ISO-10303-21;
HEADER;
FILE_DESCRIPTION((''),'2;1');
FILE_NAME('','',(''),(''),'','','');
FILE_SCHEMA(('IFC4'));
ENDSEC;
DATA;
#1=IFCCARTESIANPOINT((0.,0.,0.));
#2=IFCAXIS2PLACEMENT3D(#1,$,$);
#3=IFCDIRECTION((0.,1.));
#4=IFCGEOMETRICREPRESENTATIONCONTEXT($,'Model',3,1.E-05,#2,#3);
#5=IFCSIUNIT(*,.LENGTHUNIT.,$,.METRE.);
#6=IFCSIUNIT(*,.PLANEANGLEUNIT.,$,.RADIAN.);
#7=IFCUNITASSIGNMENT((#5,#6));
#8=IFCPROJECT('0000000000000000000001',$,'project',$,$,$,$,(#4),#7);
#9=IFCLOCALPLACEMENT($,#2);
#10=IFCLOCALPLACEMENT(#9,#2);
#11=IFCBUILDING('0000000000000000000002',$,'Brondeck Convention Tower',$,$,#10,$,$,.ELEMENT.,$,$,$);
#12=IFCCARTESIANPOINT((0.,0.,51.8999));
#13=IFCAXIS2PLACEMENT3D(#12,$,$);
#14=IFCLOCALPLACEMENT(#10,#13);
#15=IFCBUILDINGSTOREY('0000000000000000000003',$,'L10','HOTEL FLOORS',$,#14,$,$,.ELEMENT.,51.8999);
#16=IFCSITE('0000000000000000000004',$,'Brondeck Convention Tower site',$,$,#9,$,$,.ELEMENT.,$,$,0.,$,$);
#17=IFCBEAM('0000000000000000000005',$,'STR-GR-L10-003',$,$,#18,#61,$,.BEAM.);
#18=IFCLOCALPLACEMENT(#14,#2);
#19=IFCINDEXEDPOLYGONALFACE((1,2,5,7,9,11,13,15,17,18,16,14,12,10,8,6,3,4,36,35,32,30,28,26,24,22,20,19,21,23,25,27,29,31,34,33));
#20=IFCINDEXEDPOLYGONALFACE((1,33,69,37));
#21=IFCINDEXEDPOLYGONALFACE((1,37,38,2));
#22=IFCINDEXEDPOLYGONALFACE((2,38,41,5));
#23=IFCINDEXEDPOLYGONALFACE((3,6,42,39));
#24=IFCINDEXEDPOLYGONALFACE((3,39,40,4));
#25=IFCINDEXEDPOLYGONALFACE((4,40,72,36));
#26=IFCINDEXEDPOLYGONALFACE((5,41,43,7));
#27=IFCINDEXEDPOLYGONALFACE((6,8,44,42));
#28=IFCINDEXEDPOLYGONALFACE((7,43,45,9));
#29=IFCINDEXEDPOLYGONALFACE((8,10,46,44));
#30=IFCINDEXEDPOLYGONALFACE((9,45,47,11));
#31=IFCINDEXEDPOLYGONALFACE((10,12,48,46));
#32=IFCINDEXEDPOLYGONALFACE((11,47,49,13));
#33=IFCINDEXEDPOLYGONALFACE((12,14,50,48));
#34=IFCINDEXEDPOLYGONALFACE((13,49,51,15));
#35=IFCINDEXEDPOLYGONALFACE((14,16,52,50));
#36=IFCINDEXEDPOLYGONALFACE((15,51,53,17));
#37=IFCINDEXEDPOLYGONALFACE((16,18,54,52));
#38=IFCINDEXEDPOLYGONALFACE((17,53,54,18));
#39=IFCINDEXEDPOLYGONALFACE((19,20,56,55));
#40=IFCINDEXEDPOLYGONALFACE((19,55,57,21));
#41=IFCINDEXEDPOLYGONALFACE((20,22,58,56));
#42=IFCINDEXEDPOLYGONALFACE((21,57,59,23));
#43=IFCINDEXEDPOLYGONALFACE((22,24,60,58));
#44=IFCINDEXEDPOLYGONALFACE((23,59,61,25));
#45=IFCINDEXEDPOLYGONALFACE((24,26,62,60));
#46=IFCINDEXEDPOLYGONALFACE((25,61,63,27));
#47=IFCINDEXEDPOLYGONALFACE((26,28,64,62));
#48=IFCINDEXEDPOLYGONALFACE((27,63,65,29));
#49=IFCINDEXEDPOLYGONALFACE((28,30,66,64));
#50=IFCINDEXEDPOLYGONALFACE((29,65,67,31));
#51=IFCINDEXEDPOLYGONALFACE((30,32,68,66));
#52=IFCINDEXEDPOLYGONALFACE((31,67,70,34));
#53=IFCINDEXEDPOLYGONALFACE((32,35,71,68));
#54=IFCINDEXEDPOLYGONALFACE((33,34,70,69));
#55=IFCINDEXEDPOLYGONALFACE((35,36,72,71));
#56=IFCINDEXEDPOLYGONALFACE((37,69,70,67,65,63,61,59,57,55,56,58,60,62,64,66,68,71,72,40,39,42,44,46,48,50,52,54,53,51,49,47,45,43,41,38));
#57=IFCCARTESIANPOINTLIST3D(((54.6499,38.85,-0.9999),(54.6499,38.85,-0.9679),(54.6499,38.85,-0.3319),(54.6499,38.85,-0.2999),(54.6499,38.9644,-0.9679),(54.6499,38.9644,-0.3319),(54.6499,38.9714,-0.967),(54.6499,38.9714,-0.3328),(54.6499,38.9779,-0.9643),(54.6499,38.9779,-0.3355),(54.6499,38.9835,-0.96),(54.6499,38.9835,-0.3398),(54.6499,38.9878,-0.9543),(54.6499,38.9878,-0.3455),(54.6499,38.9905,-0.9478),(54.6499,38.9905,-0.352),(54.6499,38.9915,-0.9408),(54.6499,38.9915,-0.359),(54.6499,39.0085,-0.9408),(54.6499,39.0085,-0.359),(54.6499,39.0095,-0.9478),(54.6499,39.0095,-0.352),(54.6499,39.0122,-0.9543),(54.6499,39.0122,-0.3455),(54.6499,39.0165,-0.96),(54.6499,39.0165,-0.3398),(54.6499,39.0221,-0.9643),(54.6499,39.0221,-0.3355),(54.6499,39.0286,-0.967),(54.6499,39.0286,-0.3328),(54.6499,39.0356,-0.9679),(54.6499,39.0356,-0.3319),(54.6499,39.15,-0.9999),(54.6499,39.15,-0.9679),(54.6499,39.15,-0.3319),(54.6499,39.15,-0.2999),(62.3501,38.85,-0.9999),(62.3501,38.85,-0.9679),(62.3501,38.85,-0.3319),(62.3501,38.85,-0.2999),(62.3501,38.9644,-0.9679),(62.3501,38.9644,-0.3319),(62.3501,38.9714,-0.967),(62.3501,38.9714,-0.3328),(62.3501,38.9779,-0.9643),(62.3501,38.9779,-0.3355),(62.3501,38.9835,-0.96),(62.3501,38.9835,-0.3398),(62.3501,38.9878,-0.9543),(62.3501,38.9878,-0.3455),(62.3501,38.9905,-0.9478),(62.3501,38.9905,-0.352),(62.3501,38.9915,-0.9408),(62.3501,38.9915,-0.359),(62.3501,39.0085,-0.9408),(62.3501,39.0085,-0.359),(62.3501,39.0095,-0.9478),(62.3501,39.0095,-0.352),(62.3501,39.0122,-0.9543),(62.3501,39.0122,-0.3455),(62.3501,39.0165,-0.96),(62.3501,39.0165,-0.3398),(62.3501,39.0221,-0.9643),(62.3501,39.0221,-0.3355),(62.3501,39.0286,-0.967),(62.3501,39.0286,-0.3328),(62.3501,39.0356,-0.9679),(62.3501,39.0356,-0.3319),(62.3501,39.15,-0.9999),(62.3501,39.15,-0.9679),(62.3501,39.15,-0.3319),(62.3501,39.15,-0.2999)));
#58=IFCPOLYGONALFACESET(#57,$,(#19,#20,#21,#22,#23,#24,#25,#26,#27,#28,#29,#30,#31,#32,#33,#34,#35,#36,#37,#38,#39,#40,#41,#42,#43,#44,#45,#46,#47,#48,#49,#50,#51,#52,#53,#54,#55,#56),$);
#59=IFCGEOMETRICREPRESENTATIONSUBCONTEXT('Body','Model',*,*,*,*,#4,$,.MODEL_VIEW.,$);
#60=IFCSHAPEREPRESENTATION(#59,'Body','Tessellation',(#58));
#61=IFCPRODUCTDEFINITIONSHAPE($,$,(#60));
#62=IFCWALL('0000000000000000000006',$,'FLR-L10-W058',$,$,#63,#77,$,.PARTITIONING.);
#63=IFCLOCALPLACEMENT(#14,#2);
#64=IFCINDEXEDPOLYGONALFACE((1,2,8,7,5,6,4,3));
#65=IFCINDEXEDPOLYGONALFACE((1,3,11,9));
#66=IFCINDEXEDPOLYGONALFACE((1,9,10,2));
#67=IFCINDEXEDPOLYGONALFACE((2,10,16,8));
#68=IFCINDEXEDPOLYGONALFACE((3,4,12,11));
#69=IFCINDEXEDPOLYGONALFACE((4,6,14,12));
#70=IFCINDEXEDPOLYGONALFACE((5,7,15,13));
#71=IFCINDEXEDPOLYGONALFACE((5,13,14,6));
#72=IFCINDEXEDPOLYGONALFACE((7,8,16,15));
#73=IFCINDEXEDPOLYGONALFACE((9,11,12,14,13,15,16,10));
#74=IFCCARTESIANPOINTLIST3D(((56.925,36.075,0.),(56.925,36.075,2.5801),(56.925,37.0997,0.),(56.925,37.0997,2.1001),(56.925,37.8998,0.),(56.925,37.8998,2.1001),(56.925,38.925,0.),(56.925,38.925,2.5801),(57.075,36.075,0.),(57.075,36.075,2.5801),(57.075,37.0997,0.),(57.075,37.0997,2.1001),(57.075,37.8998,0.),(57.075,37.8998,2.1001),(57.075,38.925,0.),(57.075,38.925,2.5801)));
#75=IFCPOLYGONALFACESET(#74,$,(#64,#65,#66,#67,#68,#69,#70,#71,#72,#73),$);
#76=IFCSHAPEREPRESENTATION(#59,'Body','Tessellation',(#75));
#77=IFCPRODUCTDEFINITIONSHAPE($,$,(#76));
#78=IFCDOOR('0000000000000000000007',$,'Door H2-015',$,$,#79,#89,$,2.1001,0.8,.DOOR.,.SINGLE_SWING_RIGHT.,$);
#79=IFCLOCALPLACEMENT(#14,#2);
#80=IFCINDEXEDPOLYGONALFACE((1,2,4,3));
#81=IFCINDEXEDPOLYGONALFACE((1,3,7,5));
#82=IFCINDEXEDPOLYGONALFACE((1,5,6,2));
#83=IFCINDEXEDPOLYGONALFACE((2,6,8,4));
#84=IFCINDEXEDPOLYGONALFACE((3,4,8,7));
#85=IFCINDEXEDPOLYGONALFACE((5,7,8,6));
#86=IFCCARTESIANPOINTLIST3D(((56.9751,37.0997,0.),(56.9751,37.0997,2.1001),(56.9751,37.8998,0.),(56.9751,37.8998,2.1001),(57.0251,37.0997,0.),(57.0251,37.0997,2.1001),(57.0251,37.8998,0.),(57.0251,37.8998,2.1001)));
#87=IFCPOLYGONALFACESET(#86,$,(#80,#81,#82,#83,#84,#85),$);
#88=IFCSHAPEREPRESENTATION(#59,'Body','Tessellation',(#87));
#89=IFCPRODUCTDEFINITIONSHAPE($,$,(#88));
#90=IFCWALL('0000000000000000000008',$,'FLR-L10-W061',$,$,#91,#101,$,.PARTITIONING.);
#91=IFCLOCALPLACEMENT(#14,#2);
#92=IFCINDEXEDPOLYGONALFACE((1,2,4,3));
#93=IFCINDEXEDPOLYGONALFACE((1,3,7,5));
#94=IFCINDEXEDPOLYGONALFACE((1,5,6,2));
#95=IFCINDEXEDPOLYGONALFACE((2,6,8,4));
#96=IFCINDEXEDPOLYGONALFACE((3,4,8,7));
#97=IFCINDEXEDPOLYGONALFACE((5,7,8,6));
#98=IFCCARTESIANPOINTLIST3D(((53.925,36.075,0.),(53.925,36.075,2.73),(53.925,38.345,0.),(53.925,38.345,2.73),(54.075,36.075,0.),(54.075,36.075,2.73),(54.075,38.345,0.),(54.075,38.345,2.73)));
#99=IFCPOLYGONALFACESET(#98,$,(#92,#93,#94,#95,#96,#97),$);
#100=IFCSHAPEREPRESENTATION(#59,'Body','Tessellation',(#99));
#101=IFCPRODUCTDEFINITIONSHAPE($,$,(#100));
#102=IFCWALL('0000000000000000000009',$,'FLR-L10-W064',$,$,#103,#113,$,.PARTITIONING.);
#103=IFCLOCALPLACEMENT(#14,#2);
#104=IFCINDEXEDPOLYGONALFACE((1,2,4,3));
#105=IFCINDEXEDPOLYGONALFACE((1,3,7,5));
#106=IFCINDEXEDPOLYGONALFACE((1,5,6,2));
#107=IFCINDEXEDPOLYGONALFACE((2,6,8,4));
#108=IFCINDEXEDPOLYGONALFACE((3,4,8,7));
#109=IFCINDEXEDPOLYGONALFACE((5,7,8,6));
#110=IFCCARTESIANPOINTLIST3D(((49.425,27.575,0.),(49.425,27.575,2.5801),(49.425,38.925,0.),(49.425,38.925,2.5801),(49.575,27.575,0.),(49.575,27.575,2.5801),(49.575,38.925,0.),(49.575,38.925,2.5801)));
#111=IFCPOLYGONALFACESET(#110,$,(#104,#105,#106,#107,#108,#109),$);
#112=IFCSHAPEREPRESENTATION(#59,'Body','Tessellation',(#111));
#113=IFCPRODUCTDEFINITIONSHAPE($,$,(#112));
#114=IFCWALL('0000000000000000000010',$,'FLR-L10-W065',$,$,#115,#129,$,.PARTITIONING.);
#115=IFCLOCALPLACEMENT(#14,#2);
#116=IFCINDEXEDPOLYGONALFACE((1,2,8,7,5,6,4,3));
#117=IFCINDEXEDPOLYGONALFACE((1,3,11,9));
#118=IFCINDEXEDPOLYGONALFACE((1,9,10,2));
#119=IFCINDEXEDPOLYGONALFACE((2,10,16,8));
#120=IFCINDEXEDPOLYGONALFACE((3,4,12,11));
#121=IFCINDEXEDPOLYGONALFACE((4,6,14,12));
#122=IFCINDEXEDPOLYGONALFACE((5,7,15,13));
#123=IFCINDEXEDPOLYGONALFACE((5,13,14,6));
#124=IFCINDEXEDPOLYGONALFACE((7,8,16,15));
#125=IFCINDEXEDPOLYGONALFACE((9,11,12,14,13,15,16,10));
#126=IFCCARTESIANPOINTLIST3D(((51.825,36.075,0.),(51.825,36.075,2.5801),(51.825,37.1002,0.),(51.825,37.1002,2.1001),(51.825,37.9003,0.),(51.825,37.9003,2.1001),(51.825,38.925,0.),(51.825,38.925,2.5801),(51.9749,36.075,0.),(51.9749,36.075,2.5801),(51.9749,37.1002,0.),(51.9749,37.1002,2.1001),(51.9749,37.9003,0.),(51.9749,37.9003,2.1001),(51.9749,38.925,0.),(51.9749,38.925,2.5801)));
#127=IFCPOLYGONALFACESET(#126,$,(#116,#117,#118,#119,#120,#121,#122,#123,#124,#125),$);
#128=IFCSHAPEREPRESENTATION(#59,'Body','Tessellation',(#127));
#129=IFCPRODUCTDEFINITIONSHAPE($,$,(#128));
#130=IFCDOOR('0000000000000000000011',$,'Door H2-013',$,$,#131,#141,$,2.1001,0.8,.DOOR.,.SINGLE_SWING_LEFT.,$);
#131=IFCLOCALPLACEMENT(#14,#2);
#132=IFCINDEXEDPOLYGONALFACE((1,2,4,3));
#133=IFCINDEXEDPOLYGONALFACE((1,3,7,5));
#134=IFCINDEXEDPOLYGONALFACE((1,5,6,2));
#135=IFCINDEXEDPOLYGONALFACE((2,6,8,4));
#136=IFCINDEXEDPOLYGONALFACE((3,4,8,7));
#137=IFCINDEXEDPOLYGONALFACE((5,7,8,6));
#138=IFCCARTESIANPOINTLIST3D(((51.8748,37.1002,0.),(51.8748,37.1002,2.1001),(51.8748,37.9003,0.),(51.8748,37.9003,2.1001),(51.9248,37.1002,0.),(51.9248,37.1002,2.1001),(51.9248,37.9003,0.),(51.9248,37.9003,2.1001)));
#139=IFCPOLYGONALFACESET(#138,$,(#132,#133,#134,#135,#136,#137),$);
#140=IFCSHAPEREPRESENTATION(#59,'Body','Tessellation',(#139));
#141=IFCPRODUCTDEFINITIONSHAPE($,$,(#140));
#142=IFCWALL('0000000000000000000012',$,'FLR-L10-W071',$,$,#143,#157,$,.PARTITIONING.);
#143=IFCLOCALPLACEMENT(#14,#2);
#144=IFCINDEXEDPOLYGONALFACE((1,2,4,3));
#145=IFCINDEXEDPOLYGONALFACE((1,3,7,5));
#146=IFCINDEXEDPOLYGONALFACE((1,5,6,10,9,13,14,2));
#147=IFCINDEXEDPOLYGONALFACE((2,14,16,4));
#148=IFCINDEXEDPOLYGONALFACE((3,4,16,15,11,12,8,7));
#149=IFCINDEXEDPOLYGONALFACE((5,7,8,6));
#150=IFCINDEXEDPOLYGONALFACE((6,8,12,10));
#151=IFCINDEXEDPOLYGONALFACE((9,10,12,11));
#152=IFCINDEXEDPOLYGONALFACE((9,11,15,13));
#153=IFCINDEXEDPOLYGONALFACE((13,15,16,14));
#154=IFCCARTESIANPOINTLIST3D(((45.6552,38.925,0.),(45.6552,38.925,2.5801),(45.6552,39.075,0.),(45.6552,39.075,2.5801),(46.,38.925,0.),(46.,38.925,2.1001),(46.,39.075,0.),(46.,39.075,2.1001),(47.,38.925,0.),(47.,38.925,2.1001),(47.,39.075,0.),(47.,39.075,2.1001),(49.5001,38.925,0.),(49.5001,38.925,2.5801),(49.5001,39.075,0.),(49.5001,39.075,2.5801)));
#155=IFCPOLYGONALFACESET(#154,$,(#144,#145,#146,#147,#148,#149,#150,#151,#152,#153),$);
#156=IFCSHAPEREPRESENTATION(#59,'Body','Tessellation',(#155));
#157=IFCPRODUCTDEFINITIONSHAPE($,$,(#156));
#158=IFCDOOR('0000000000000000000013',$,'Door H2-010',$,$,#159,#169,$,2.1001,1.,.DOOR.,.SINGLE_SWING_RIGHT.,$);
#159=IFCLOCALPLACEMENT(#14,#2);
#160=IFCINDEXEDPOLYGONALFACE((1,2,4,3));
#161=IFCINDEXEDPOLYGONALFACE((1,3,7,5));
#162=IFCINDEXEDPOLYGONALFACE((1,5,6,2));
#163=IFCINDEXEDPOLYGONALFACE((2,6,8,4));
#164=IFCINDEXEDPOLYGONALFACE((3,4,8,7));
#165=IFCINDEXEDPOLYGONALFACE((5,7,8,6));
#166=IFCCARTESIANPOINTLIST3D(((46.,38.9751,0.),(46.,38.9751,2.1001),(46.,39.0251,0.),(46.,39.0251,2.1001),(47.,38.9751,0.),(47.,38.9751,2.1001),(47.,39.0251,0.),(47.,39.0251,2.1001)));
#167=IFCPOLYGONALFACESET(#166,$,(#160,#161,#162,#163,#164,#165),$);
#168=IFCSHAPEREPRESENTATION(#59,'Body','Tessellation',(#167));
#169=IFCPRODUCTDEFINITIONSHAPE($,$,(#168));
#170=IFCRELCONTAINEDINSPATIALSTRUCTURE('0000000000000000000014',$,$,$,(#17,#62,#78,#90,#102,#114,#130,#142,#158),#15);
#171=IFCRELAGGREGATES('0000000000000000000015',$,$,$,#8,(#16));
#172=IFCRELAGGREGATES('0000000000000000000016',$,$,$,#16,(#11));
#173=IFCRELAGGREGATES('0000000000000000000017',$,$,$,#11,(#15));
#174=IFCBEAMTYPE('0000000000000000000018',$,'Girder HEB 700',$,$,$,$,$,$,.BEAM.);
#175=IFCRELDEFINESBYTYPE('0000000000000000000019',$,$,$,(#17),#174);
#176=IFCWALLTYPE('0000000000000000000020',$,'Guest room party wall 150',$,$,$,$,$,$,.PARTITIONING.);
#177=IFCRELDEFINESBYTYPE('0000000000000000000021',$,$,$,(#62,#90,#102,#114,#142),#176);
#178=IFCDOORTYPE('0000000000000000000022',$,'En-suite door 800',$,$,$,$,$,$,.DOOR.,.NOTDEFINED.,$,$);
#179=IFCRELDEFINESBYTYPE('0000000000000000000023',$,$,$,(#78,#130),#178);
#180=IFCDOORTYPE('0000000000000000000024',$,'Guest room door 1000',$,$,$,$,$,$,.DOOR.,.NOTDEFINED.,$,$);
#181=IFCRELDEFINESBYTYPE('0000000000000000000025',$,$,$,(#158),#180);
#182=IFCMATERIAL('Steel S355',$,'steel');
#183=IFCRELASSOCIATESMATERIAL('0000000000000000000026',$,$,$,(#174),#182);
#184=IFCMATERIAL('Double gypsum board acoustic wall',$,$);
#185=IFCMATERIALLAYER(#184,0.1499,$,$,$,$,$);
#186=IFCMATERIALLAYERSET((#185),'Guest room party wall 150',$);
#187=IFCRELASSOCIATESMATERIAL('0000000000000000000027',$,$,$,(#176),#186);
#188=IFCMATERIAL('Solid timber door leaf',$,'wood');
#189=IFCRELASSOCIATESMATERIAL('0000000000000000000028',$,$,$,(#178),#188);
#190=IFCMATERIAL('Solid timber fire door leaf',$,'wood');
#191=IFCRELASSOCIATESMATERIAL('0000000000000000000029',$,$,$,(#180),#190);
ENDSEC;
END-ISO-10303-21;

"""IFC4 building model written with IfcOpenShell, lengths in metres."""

from ifc_helpers import new_model, si_unit, direction, frame, frame_2d, origin, origin_2d, place, context, subcontext, project, spatial, rectangle, i_section, extrude, material, layer, layer_set, material_profile, profile_set, type_object, element, fill, save


model = new_model("IFC4")

# Units and contexts
model_context = context("Model", 3, precision=1e-05, world=origin(), true_north=direction((0.0, 1.0)))
body_context = subcontext(model_context, "Body", "Model", "MODEL_VIEW")
ifc_project = project(units=[si_unit("LENGTHUNIT", "METRE"), si_unit("PLANEANGLEUNIT", "RADIAN")], contexts=[model_context])

# Site, building, storey
site_placement = place(None, origin())
site = spatial("IfcSite", under=ifc_project, at=site_placement, Name="Brondeck Convention Tower site", CompositionType="ELEMENT", RefElevation=0.0)
building_placement = place(site_placement, origin())
building = spatial("IfcBuilding", under=site, at=building_placement, Name="Brondeck Convention Tower", CompositionType="ELEMENT")
storey_placement = place(building_placement, frame((0.0, 0.0, 51.8999)))
storey = spatial("IfcBuildingStorey", under=building, at=storey_placement, Name="L10", Description="HOTEL FLOORS", CompositionType="ELEMENT", Elevation=51.8999)

# Beam
ifc_material_1 = material(Name="Steel S355", Category="steel")
ifc_material_profile_1 = material_profile(ifc_material_1, i_section(OverallWidth=0.3, OverallDepth=0.7, WebThickness=0.0171, FlangeThickness=0.032, FilletRadius=0.0271, at=origin_2d()), Name="HEB 700")
ifc_profile_set_1 = profile_set([ifc_material_profile_1], Name="Steel S355")
beam_type_1 = type_object("IfcBeamType", Name="Girder HEB 700", PredefinedType="BEAM", material=ifc_profile_set_1)
for number, where, z_axis, x_axis, name in (
    (1, (54.6499, 39.0, -0.6499), (1.0, 0.0, 0.0), (0.0, 1.0, 0.0), "STR-GR-L10-003"),
):
    element("IfcBeam", number, at=place(storey_placement, frame(where, z_axis=z_axis, x_axis=x_axis)), inside=storey, type_object=beam_type_1, Name=name, PredefinedType="BEAM", context=body_context, shape_type="SweptSolid", body=[
        extrude(i_section(OverallWidth=0.3, OverallDepth=0.7, WebThickness=0.0171, FlangeThickness=0.032, FilletRadius=0.0271, at=origin_2d()), origin(), (0.0, 0.0, 1.0), 7.7002),
    ])

# Wall, opening, door
ifc_material_2 = material(Name="Double gypsum board acoustic wall")
ifc_layer_1 = layer(ifc_material_2, 0.1499)
ifc_layer_set_1 = layer_set([ifc_layer_1], Name="Guest room party wall 150")
wall_type_1 = type_object("IfcWallType", Name="Guest room party wall 150", PredefinedType="PARTITIONING", material=ifc_layer_set_1)
wall_1_placement = place(storey_placement, frame((57.0, 36.075, 0.0), z_axis=(0.0, 0.0, 1.0), x_axis=(0.0, 1.0, 0.0)))
wall_1 = element("IfcWall", 2, at=wall_1_placement, inside=storey, type_object=wall_type_1, Name="FLR-L10-W058", PredefinedType="PARTITIONING", context=body_context, shape_type="SweptSolid", body=[
    extrude(rectangle(XDim=2.8501, YDim=0.1499, at=frame_2d((1.425, 0.0))), origin(), (0.0, 0.0, 1.0), 2.5801),
])
opening_1_placement = place(wall_1_placement, frame((1.0249, 0.0, 0.0)))
opening_1 = element("IfcOpeningElement", 3, at=opening_1_placement, cuts=wall_1, PredefinedType="OPENING", context=body_context, shape_type="SweptSolid", body=[
    extrude(rectangle(XDim=0.8, YDim=2.1001, at=frame_2d((0.3999, 1.05))), frame((0.0, 0.085, 0.0), z_axis=(0.0, -1.0, 0.0), x_axis=(1.0, 0.0, 0.0)), (0.0, 0.0, 1.0), 0.1699),
])
ifc_material_3 = material(Name="Solid timber door leaf", Category="wood")
door_type_1 = type_object("IfcDoorType", Name="En-suite door 800", OperationType="NOTDEFINED", PredefinedType="DOOR", material=ifc_material_3)
door_1_placement = place(opening_1_placement, origin())
door_1 = element("IfcDoor", 4, at=door_1_placement, inside=storey, type_object=door_type_1, Name="Door H2-015", OperationType="SINGLE_SWING_RIGHT", OverallHeight=2.1001, OverallWidth=0.8, PredefinedType="DOOR", context=body_context, shape_type="SweptSolid", body=[
    extrude(rectangle(XDim=0.8, YDim=2.1001, at=frame_2d((0.3999, 1.05))), frame((0.0, 0.0249, 0.0), z_axis=(0.0, -1.0, 0.0), x_axis=(1.0, 0.0, 0.0)), (0.0, 0.0, 1.0), 0.05),
])
fill(opening_1, door_1)

# Walls
wall_2_placement = place(storey_placement, frame((54.0, 38.345, 0.0), z_axis=(0.0, 0.0, 1.0), x_axis=(0.0, -1.0, 0.0)))
element("IfcWall", 5, at=wall_2_placement, inside=storey, type_object=wall_type_1, Name="FLR-L10-W061", PredefinedType="PARTITIONING", context=body_context, shape_type="SweptSolid", body=[
    extrude(rectangle(XDim=2.27, YDim=0.1499, at=frame_2d((1.135, 0.0))), origin(), (0.0, 0.0, 1.0), 2.73),
])
wall_3_placement = place(storey_placement, frame((49.5, 38.925, 0.0), z_axis=(0.0, 0.0, 1.0), x_axis=(0.0, -1.0, 0.0)))
element("IfcWall", 6, at=wall_3_placement, inside=storey, type_object=wall_type_1, Name="FLR-L10-W064", PredefinedType="PARTITIONING", context=body_context, shape_type="SweptSolid", body=[
    extrude(rectangle(XDim=11.3501, YDim=0.1499, at=frame_2d((5.675, 0.0))), origin(), (0.0, 0.0, 1.0), 2.5801),
])

# Walls, openings, doors
wall_4_placement = place(storey_placement, frame((51.8999, 38.925, 0.0), z_axis=(0.0, 0.0, 1.0), x_axis=(0.0, -1.0, 0.0)))
wall_4 = element("IfcWall", 7, at=wall_4_placement, inside=storey, type_object=wall_type_1, Name="FLR-L10-W065", PredefinedType="PARTITIONING", context=body_context, shape_type="SweptSolid", body=[
    extrude(rectangle(XDim=2.8501, YDim=0.1499, at=frame_2d((1.425, 0.0))), origin(), (0.0, 0.0, 1.0), 2.5801),
])
opening_2_placement = place(wall_4_placement, frame((1.0249, 0.0, 0.0)))
opening_2 = element("IfcOpeningElement", 8, at=opening_2_placement, cuts=wall_4, PredefinedType="OPENING", context=body_context, shape_type="SweptSolid", body=[
    extrude(rectangle(XDim=0.8, YDim=2.1001, at=frame_2d((0.3999, 1.05))), frame((0.0, 0.085, 0.0), z_axis=(0.0, -1.0, 0.0), x_axis=(1.0, 0.0, 0.0)), (0.0, 0.0, 1.0), 0.1699),
])
door_2_placement = place(opening_2_placement, origin())
door_2 = element("IfcDoor", 9, at=door_2_placement, inside=storey, type_object=door_type_1, Name="Door H2-013", OperationType="SINGLE_SWING_LEFT", OverallHeight=2.1001, OverallWidth=0.8, PredefinedType="DOOR", context=body_context, shape_type="SweptSolid", body=[
    extrude(rectangle(XDim=0.8, YDim=2.1001, at=frame_2d((0.3999, 1.05))), frame((0.0, 0.0249, 0.0), z_axis=(0.0, -1.0, 0.0), x_axis=(1.0, 0.0, 0.0)), (0.0, 0.0, 1.0), 0.05),
])
fill(opening_2, door_2)
wall_5_placement = place(storey_placement, frame((49.5, 39.0, 0.0), z_axis=(0.0, 0.0, 1.0), x_axis=(-1.0, 0.0, 0.0)))
wall_5 = element("IfcWall", 10, at=wall_5_placement, inside=storey, type_object=wall_type_1, Name="FLR-L10-W071", PredefinedType="PARTITIONING", context=body_context, shape_type="SweptSolid", body=[
    extrude(rectangle(XDim=3.845, YDim=0.1499, at=frame_2d((1.9224, 0.0))), origin(), (0.0, 0.0, 1.0), 2.5801),
])
opening_3_placement = place(wall_5_placement, frame((2.5, 0.0, 0.0)))
opening_3 = element("IfcOpeningElement", 11, at=opening_3_placement, cuts=wall_5, PredefinedType="OPENING", context=body_context, shape_type="SweptSolid", body=[
    extrude(rectangle(XDim=1.0, YDim=2.1001, at=frame_2d((0.5, 1.05))), frame((0.0, 0.085, 0.0), z_axis=(0.0, -1.0, 0.0), x_axis=(1.0, 0.0, 0.0)), (0.0, 0.0, 1.0), 0.1699),
])
ifc_material_4 = material(Name="Solid timber fire door leaf", Category="wood")
door_type_2 = type_object("IfcDoorType", Name="Guest room door 1000", OperationType="NOTDEFINED", PredefinedType="DOOR", material=ifc_material_4)
door_3_placement = place(opening_3_placement, origin())
door_3 = element("IfcDoor", 12, at=door_3_placement, inside=storey, type_object=door_type_2, Name="Door H2-010", OperationType="SINGLE_SWING_RIGHT", OverallHeight=2.1001, OverallWidth=1.0, PredefinedType="DOOR", context=body_context, shape_type="SweptSolid", body=[
    extrude(rectangle(XDim=1.0, YDim=2.1001, at=frame_2d((0.5, 1.05))), frame((0.0, 0.0249, 0.0), z_axis=(0.0, -1.0, 0.0), x_axis=(1.0, 0.0, 0.0)), (0.0, 0.0, 1.0), 0.05),
])
fill(opening_3, door_3)

save(model, "model.ifc")
